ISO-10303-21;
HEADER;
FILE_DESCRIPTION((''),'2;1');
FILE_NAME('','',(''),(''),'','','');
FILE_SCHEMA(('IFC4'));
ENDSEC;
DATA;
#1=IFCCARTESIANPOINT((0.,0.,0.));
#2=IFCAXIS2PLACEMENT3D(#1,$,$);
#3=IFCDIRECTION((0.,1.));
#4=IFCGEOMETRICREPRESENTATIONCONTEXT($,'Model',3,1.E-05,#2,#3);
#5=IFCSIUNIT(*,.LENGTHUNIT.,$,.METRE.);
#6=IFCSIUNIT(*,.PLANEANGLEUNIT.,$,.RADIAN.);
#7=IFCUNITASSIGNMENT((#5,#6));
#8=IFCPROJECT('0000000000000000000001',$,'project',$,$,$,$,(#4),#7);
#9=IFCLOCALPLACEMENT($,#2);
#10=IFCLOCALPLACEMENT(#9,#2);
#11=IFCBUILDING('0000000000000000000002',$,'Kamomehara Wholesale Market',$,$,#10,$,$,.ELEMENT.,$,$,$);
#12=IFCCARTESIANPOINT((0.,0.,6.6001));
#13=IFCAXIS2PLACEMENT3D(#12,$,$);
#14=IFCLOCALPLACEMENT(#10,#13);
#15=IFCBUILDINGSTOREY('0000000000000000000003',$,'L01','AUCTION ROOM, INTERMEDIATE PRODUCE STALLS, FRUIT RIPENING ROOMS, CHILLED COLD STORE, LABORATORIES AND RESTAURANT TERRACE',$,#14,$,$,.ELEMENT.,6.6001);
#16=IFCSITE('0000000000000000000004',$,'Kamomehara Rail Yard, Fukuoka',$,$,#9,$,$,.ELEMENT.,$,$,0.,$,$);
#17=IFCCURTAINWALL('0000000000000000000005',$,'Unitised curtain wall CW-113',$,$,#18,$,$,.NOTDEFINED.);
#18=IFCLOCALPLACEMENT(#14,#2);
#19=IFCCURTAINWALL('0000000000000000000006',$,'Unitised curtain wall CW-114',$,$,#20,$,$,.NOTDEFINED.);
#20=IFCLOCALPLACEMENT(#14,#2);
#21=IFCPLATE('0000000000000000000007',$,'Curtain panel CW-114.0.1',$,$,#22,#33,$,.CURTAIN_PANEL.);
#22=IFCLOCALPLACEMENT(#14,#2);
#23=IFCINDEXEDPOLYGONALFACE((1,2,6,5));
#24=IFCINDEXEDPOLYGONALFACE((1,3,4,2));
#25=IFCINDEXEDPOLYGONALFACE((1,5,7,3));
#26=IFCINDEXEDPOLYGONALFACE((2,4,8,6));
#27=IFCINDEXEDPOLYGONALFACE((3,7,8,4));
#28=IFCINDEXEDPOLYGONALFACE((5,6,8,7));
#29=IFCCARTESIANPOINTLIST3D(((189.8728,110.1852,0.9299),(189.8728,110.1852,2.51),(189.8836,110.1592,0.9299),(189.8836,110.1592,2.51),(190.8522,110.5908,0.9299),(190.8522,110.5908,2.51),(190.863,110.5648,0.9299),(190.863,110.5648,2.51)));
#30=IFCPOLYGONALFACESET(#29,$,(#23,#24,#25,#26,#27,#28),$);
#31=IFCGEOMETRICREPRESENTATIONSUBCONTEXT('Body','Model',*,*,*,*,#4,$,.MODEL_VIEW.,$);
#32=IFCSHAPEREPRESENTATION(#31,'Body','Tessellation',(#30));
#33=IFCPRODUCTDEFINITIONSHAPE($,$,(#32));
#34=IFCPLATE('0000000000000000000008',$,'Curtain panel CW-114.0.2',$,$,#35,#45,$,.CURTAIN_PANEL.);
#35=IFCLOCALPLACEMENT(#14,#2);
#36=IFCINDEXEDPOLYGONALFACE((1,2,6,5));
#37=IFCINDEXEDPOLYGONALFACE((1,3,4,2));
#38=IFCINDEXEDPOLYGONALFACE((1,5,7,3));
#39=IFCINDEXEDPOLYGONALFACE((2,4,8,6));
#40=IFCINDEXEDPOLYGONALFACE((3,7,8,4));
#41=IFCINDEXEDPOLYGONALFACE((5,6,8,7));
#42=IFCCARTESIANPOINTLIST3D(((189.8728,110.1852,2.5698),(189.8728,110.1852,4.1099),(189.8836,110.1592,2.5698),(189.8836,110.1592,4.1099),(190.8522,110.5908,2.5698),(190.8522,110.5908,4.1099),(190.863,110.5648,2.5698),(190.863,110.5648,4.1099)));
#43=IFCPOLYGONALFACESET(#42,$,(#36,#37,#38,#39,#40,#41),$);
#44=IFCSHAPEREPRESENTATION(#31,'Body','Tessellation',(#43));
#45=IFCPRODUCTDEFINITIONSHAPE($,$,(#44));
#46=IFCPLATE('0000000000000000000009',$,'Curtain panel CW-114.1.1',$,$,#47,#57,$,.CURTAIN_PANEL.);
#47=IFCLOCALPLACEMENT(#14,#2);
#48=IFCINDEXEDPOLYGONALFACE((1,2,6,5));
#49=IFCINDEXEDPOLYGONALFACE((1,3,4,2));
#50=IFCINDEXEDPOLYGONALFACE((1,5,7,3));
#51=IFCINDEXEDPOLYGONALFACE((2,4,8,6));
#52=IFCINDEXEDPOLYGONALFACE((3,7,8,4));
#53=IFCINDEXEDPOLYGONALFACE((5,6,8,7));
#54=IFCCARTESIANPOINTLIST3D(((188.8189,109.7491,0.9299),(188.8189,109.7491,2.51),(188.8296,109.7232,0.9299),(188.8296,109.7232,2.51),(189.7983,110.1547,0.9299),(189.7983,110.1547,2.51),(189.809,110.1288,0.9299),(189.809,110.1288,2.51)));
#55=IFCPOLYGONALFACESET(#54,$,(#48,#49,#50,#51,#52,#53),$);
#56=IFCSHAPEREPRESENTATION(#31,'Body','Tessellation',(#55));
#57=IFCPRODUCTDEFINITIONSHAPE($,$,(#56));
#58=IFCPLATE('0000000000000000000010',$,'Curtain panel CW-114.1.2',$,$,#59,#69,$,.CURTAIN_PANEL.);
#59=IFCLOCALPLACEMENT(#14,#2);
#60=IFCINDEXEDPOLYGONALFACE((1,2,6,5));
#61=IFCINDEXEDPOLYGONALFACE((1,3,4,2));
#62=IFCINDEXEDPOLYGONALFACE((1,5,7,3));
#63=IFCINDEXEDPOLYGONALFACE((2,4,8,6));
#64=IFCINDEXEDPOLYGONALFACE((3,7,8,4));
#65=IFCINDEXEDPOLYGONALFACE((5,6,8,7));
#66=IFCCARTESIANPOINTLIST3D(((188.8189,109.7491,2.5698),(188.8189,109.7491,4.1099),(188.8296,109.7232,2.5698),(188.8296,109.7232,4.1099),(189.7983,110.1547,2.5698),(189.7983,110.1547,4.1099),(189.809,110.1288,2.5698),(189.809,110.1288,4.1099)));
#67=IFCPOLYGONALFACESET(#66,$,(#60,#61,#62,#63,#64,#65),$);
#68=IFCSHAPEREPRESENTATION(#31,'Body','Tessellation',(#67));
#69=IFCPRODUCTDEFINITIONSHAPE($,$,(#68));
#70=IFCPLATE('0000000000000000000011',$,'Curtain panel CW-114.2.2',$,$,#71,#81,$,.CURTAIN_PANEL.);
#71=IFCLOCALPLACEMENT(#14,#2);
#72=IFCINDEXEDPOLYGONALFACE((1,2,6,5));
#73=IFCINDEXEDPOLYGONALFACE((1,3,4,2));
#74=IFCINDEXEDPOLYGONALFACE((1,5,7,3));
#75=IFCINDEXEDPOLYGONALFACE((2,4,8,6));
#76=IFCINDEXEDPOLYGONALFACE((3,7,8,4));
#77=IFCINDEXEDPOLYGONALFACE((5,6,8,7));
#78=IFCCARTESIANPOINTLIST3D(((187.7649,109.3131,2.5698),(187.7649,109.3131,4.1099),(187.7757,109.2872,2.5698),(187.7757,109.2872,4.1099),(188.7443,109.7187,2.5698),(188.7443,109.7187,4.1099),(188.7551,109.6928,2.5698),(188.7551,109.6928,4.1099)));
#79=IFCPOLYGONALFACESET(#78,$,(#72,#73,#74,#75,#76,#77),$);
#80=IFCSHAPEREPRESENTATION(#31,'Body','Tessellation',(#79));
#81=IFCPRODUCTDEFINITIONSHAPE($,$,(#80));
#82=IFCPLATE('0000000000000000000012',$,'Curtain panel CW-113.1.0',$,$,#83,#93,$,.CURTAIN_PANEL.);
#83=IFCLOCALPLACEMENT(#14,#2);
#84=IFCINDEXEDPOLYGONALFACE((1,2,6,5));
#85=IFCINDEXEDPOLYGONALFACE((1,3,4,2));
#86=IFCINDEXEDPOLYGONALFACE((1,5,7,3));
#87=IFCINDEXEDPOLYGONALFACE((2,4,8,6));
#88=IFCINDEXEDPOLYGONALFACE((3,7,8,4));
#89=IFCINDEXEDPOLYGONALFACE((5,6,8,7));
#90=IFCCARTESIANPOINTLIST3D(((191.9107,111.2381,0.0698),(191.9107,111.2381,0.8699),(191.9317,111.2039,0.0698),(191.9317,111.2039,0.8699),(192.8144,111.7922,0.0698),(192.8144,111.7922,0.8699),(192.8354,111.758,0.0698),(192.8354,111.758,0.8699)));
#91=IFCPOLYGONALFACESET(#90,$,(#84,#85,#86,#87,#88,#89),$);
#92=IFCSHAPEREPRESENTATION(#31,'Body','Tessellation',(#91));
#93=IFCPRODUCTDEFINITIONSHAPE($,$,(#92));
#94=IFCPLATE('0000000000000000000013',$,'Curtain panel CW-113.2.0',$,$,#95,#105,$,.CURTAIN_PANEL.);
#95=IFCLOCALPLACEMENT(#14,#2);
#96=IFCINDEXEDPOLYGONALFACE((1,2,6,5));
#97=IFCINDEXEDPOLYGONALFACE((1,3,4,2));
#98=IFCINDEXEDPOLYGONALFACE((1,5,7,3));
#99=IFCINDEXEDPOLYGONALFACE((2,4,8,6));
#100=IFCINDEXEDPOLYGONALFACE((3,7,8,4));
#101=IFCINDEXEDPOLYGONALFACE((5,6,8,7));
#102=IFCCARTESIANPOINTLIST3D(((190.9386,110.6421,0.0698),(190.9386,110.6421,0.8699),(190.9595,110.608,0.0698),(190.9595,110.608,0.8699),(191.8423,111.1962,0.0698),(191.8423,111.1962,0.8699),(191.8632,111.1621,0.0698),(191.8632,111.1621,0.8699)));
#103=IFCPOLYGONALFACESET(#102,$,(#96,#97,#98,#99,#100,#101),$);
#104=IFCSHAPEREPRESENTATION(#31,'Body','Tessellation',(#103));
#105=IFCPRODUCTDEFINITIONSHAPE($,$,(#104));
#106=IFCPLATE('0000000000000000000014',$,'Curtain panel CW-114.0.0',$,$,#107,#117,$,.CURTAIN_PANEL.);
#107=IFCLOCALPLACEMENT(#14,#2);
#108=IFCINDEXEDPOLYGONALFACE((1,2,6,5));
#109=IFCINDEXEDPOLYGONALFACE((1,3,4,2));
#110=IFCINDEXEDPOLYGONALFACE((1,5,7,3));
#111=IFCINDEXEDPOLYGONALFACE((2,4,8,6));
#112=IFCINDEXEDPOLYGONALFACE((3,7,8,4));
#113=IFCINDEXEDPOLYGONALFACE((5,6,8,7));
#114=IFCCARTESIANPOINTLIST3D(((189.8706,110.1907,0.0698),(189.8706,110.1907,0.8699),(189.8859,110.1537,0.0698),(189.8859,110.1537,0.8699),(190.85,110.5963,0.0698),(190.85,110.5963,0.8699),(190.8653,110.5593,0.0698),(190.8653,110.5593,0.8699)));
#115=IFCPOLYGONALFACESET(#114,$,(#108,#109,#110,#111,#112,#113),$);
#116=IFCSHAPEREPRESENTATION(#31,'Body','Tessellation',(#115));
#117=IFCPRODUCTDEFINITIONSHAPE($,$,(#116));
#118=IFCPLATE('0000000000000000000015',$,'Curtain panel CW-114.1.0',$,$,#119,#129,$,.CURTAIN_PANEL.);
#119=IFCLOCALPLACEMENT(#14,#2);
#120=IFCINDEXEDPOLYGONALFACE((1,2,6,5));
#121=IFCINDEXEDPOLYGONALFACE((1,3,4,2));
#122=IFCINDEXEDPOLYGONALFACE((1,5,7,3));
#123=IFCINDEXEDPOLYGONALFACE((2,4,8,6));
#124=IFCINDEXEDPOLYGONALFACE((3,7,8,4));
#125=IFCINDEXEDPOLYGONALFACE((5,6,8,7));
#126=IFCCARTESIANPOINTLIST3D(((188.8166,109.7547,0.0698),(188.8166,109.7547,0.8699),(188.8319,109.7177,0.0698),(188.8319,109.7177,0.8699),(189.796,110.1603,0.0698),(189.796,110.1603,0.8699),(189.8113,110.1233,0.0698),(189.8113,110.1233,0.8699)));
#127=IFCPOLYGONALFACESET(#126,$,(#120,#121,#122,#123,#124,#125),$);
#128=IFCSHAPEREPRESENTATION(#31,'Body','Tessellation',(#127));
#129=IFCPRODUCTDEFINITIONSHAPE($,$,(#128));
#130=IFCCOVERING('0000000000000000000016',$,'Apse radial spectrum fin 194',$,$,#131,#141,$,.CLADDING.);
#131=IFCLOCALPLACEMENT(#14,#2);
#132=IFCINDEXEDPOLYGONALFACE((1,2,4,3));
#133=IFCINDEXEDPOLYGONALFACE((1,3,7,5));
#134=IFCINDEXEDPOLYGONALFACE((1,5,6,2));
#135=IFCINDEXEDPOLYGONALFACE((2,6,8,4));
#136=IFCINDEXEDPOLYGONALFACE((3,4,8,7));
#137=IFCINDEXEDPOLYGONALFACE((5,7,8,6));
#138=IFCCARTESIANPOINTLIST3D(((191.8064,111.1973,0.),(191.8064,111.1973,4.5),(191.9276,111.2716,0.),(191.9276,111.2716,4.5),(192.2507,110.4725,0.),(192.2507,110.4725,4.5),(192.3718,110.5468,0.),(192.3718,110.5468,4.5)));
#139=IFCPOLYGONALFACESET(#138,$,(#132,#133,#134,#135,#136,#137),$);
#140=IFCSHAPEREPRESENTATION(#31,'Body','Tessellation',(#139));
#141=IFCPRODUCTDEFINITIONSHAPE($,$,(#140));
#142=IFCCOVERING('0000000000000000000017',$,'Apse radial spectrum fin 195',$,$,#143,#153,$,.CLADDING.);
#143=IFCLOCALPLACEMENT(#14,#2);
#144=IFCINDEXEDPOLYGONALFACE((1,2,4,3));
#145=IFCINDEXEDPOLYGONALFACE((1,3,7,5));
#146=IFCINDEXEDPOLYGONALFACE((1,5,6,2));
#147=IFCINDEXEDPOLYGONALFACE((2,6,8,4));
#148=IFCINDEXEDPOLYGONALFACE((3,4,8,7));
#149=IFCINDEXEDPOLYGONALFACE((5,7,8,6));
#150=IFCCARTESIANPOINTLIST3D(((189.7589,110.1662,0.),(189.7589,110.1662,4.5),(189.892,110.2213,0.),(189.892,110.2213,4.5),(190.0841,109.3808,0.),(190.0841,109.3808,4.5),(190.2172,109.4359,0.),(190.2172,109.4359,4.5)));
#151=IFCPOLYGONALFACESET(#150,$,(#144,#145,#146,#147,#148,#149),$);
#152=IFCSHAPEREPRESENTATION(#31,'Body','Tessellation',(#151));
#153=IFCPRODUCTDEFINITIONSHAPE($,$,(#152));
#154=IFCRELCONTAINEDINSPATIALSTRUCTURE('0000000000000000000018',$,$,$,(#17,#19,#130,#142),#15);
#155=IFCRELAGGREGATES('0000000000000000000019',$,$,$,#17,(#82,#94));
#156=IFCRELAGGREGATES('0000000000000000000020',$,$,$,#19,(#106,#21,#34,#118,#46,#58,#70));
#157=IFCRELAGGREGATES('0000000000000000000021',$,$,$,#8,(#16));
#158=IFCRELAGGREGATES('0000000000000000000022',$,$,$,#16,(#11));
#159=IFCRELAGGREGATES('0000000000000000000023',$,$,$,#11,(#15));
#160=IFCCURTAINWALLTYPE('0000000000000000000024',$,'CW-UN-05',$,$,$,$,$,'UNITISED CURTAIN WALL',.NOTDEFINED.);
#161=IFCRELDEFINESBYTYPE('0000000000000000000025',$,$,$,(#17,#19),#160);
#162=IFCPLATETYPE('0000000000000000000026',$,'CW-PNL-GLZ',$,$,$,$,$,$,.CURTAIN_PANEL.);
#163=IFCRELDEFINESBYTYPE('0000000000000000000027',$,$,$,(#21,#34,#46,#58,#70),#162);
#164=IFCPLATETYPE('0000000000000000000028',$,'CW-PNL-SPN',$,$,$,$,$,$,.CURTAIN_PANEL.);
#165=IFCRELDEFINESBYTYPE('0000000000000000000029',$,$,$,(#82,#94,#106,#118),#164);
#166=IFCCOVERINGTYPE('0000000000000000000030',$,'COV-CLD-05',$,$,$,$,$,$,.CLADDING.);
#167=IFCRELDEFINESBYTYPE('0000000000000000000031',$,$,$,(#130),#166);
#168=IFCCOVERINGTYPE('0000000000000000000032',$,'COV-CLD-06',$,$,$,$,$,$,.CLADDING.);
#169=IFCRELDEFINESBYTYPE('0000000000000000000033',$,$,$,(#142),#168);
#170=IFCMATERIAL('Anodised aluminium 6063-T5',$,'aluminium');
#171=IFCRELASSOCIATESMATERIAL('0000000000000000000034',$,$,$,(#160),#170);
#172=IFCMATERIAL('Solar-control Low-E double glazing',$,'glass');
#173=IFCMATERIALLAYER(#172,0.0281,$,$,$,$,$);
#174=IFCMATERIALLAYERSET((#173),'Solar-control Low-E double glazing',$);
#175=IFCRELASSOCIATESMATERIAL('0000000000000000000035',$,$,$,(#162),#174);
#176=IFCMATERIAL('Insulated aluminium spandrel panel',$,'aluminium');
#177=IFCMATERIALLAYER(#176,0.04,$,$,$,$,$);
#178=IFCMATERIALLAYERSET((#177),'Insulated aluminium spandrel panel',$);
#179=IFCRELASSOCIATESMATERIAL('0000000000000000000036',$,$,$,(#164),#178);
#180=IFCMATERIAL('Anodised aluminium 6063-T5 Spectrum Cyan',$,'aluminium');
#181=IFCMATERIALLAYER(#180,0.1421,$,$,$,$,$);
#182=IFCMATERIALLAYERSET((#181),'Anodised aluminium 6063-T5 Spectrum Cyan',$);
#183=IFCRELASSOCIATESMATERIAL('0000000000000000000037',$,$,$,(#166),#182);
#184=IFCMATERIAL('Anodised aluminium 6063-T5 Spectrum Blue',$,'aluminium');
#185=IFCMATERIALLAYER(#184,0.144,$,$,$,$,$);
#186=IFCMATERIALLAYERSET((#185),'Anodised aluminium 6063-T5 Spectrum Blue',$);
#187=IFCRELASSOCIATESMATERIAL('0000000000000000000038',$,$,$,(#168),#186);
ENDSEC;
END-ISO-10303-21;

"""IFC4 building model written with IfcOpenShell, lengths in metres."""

from ifc_helpers import new_model, si_unit, direction, frame, origin, origin_2d, place, context, subcontext, project, spatial, rectangle, extrude, material, layer, layer_set, type_object, element, aggregate, save


model = new_model("IFC4")

# Units and contexts
model_context = context("Model", 3, precision=1e-05, world=origin(), true_north=direction((0.0, 1.0)))
body_context = subcontext(model_context, "Body", "Model", "MODEL_VIEW")
ifc_project = project(units=[si_unit("LENGTHUNIT", "METRE"), si_unit("PLANEANGLEUNIT", "RADIAN")], contexts=[model_context])

# Site, building, storey
site_placement = place(None, origin())
site = spatial("IfcSite", under=ifc_project, at=site_placement, Name="Kamomehara Rail Yard, Fukuoka", CompositionType="ELEMENT", RefElevation=0.0)
building_placement = place(site_placement, origin())
building = spatial("IfcBuilding", under=site, at=building_placement, Name="Kamomehara Wholesale Market", CompositionType="ELEMENT")
storey_placement = place(building_placement, frame((0.0, 0.0, 6.6001)))
storey = spatial("IfcBuildingStorey", under=building, at=storey_placement, Name="L01", Description="AUCTION ROOM, INTERMEDIATE PRODUCE STALLS, FRUIT RIPENING ROOMS, CHILLED COLD STORE, LABORATORIES AND RESTAURANT TERRACE", CompositionType="ELEMENT", Elevation=6.6001)

# Curtain walls
ifc_material_1 = material(Name="Anodised aluminium 6063-T5", Category="aluminium")
curtain_wall_type = type_object("IfcCurtainWallType", Name="CW-UN-05", ElementType="UNITISED CURTAIN WALL", PredefinedType="NOTDEFINED", material=ifc_material_1)
curtain_wall_1_placement = place(storey_placement, origin())
curtain_wall_1 = element("IfcCurtainWall", 1, at=curtain_wall_1_placement, inside=storey, type_object=curtain_wall_type, Name="Unitised curtain wall CW-113", PredefinedType="NOTDEFINED")
curtain_wall_2_placement = place(storey_placement, origin())
curtain_wall_2 = element("IfcCurtainWall", 2, at=curtain_wall_2_placement, inside=storey, type_object=curtain_wall_type, Name="Unitised curtain wall CW-114", PredefinedType="NOTDEFINED")

# Plates
ifc_material_2 = material(Name="Solar-control Low-E double glazing", Category="glass")
ifc_layer_1 = layer(ifc_material_2, 0.0281)
ifc_layer_set_1 = layer_set([ifc_layer_1], Name="Solar-control Low-E double glazing")
plate_type_1 = type_object("IfcPlateType", Name="CW-PNL-GLZ", PredefinedType="CURTAIN_PANEL", material=ifc_layer_set_1)
plate_1_placement = place(storey_placement, frame((190.3679, 110.375, 0.9299), z_axis=(0.0, 0.0, 1.0), x_axis=(-0.923913, -0.382603, 0.0)))
plate_1 = element("IfcPlate", 3, at=plate_1_placement, type_object=plate_type_1, Name="Curtain panel CW-114.0.1", PredefinedType="CURTAIN_PANEL", context=body_context, shape_type="SweptSolid", body=[
    extrude(rectangle(XDim=1.0601, YDim=0.0281, at=origin_2d()), origin(), (0.0, 0.0, 1.0), 1.5801),
])
plate_2_placement = place(storey_placement, frame((190.3679, 110.375, 2.5698), z_axis=(0.0, 0.0, 1.0), x_axis=(-0.923913, -0.382603, 0.0)))
plate_2 = element("IfcPlate", 4, at=plate_2_placement, type_object=plate_type_1, Name="Curtain panel CW-114.0.2", PredefinedType="CURTAIN_PANEL", context=body_context, shape_type="SweptSolid", body=[
    extrude(rectangle(XDim=1.0601, YDim=0.0281, at=origin_2d()), origin(), (0.0, 0.0, 1.0), 1.54),
])
plate_3_placement = place(storey_placement, frame((189.314, 109.939, 0.9299), z_axis=(0.0, 0.0, 1.0), x_axis=(-0.923913, -0.382603, 0.0)))
plate_3 = element("IfcPlate", 5, at=plate_3_placement, type_object=plate_type_1, Name="Curtain panel CW-114.1.1", PredefinedType="CURTAIN_PANEL", context=body_context, shape_type="SweptSolid", body=[
    extrude(rectangle(XDim=1.0601, YDim=0.0281, at=origin_2d()), origin(), (0.0, 0.0, 1.0), 1.5801),
])
plate_4_placement = place(storey_placement, frame((189.314, 109.939, 2.5698), z_axis=(0.0, 0.0, 1.0), x_axis=(-0.923913, -0.382603, 0.0)))
plate_4 = element("IfcPlate", 6, at=plate_4_placement, type_object=plate_type_1, Name="Curtain panel CW-114.1.2", PredefinedType="CURTAIN_PANEL", context=body_context, shape_type="SweptSolid", body=[
    extrude(rectangle(XDim=1.0601, YDim=0.0281, at=origin_2d()), origin(), (0.0, 0.0, 1.0), 1.54),
])
plate_5_placement = place(storey_placement, frame((188.26, 109.5029, 2.5698), z_axis=(0.0, 0.0, 1.0), x_axis=(-0.923913, -0.382603, 0.0)))
plate_5 = element("IfcPlate", 7, at=plate_5_placement, type_object=plate_type_1, Name="Curtain panel CW-114.2.2", PredefinedType="CURTAIN_PANEL", context=body_context, shape_type="SweptSolid", body=[
    extrude(rectangle(XDim=1.0601, YDim=0.0281, at=origin_2d()), origin(), (0.0, 0.0, 1.0), 1.54),
])
ifc_material_3 = material(Name="Insulated aluminium spandrel panel", Category="aluminium")
ifc_layer_2 = layer(ifc_material_3, 0.04)
ifc_layer_set_2 = layer_set([ifc_layer_2], Name="Insulated aluminium spandrel panel")
plate_type_2 = type_object("IfcPlateType", Name="CW-PNL-SPN", PredefinedType="CURTAIN_PANEL", material=ifc_layer_set_2)
plate_6_placement = place(storey_placement, frame((192.373, 111.498, 0.0698), z_axis=(0.0, 0.0, 1.0), x_axis=(-0.852503, -0.522722, 0.0)))
plate_6 = element("IfcPlate", 8, at=plate_6_placement, type_object=plate_type_2, Name="Curtain panel CW-113.1.0", PredefinedType="CURTAIN_PANEL", context=body_context, shape_type="SweptSolid", body=[
    extrude(rectangle(XDim=1.0601, YDim=0.04, at=origin_2d()), origin(), (0.0, 0.0, 1.0), 0.8),
])
plate_7_placement = place(storey_placement, frame((191.4009, 110.9021, 0.0698), z_axis=(0.0, 0.0, 1.0), x_axis=(-0.852503, -0.522722, 0.0)))
plate_7 = element("IfcPlate", 9, at=plate_7_placement, type_object=plate_type_2, Name="Curtain panel CW-113.2.0", PredefinedType="CURTAIN_PANEL", context=body_context, shape_type="SweptSolid", body=[
    extrude(rectangle(XDim=1.0601, YDim=0.04, at=origin_2d()), origin(), (0.0, 0.0, 1.0), 0.8),
])
aggregate(curtain_wall_1, [plate_6, plate_7])
plate_8_placement = place(storey_placement, frame((190.3679, 110.375, 0.0698), z_axis=(0.0, 0.0, 1.0), x_axis=(-0.923913, -0.382603, 0.0)))
plate_8 = element("IfcPlate", 10, at=plate_8_placement, type_object=plate_type_2, Name="Curtain panel CW-114.0.0", PredefinedType="CURTAIN_PANEL", context=body_context, shape_type="SweptSolid", body=[
    extrude(rectangle(XDim=1.0601, YDim=0.04, at=origin_2d()), origin(), (0.0, 0.0, 1.0), 0.8),
])
plate_9_placement = place(storey_placement, frame((189.314, 109.939, 0.0698), z_axis=(0.0, 0.0, 1.0), x_axis=(-0.923913, -0.382603, 0.0)))
plate_9 = element("IfcPlate", 11, at=plate_9_placement, type_object=plate_type_2, Name="Curtain panel CW-114.1.0", PredefinedType="CURTAIN_PANEL", context=body_context, shape_type="SweptSolid", body=[
    extrude(rectangle(XDim=1.0601, YDim=0.04, at=origin_2d()), origin(), (0.0, 0.0, 1.0), 0.8),
])
aggregate(curtain_wall_2, [plate_8, plate_1, plate_2, plate_9, plate_3, plate_4, plate_5])

# Coverings
ifc_material_4 = material(Name="Anodised aluminium 6063-T5 Spectrum Cyan", Category="aluminium")
ifc_layer_3 = layer(ifc_material_4, 0.1421)
ifc_layer_set_3 = layer_set([ifc_layer_3], Name="Anodised aluminium 6063-T5 Spectrum Cyan")
covering_type_1 = type_object("IfcCoveringType", Name="COV-CLD-05", PredefinedType="CLADDING", material=ifc_layer_set_3)
covering_1_placement = place(storey_placement, frame((192.0891, 110.8721, 0.0), z_axis=(0.0, 0.0, 1.0), x_axis=(-0.852604, -0.522558, 0.0)))
element("IfcCovering", 12, at=covering_1_placement, inside=storey, type_object=covering_type_1, Name="Apse radial spectrum fin 194", PredefinedType="CLADDING", context=body_context, shape_type="SweptSolid", body=[
    extrude(rectangle(XDim=0.1421, YDim=0.8501, at=origin_2d()), origin(), (0.0, 0.0, 1.0), 4.5),
])
ifc_material_5 = material(Name="Anodised aluminium 6063-T5 Spectrum Blue", Category="aluminium")
ifc_layer_4 = layer(ifc_material_5, 0.144)
ifc_layer_set_4 = layer_set([ifc_layer_4], Name="Anodised aluminium 6063-T5 Spectrum Blue")
covering_type_2 = type_object("IfcCoveringType", Name="COV-CLD-06", PredefinedType="CLADDING", material=ifc_layer_set_4)
covering_2_placement = place(storey_placement, frame((189.988, 109.801, 0.0), z_axis=(0.0, 0.0, 1.0), x_axis=(-0.923926, -0.382571, 0.0)))
element("IfcCovering", 13, at=covering_2_placement, inside=storey, type_object=covering_type_2, Name="Apse radial spectrum fin 195", PredefinedType="CLADDING", context=body_context, shape_type="SweptSolid", body=[
    extrude(rectangle(XDim=0.144, YDim=0.8501, at=origin_2d()), origin(), (0.0, 0.0, 1.0), 4.5),
])

save(model, "model.ifc")
